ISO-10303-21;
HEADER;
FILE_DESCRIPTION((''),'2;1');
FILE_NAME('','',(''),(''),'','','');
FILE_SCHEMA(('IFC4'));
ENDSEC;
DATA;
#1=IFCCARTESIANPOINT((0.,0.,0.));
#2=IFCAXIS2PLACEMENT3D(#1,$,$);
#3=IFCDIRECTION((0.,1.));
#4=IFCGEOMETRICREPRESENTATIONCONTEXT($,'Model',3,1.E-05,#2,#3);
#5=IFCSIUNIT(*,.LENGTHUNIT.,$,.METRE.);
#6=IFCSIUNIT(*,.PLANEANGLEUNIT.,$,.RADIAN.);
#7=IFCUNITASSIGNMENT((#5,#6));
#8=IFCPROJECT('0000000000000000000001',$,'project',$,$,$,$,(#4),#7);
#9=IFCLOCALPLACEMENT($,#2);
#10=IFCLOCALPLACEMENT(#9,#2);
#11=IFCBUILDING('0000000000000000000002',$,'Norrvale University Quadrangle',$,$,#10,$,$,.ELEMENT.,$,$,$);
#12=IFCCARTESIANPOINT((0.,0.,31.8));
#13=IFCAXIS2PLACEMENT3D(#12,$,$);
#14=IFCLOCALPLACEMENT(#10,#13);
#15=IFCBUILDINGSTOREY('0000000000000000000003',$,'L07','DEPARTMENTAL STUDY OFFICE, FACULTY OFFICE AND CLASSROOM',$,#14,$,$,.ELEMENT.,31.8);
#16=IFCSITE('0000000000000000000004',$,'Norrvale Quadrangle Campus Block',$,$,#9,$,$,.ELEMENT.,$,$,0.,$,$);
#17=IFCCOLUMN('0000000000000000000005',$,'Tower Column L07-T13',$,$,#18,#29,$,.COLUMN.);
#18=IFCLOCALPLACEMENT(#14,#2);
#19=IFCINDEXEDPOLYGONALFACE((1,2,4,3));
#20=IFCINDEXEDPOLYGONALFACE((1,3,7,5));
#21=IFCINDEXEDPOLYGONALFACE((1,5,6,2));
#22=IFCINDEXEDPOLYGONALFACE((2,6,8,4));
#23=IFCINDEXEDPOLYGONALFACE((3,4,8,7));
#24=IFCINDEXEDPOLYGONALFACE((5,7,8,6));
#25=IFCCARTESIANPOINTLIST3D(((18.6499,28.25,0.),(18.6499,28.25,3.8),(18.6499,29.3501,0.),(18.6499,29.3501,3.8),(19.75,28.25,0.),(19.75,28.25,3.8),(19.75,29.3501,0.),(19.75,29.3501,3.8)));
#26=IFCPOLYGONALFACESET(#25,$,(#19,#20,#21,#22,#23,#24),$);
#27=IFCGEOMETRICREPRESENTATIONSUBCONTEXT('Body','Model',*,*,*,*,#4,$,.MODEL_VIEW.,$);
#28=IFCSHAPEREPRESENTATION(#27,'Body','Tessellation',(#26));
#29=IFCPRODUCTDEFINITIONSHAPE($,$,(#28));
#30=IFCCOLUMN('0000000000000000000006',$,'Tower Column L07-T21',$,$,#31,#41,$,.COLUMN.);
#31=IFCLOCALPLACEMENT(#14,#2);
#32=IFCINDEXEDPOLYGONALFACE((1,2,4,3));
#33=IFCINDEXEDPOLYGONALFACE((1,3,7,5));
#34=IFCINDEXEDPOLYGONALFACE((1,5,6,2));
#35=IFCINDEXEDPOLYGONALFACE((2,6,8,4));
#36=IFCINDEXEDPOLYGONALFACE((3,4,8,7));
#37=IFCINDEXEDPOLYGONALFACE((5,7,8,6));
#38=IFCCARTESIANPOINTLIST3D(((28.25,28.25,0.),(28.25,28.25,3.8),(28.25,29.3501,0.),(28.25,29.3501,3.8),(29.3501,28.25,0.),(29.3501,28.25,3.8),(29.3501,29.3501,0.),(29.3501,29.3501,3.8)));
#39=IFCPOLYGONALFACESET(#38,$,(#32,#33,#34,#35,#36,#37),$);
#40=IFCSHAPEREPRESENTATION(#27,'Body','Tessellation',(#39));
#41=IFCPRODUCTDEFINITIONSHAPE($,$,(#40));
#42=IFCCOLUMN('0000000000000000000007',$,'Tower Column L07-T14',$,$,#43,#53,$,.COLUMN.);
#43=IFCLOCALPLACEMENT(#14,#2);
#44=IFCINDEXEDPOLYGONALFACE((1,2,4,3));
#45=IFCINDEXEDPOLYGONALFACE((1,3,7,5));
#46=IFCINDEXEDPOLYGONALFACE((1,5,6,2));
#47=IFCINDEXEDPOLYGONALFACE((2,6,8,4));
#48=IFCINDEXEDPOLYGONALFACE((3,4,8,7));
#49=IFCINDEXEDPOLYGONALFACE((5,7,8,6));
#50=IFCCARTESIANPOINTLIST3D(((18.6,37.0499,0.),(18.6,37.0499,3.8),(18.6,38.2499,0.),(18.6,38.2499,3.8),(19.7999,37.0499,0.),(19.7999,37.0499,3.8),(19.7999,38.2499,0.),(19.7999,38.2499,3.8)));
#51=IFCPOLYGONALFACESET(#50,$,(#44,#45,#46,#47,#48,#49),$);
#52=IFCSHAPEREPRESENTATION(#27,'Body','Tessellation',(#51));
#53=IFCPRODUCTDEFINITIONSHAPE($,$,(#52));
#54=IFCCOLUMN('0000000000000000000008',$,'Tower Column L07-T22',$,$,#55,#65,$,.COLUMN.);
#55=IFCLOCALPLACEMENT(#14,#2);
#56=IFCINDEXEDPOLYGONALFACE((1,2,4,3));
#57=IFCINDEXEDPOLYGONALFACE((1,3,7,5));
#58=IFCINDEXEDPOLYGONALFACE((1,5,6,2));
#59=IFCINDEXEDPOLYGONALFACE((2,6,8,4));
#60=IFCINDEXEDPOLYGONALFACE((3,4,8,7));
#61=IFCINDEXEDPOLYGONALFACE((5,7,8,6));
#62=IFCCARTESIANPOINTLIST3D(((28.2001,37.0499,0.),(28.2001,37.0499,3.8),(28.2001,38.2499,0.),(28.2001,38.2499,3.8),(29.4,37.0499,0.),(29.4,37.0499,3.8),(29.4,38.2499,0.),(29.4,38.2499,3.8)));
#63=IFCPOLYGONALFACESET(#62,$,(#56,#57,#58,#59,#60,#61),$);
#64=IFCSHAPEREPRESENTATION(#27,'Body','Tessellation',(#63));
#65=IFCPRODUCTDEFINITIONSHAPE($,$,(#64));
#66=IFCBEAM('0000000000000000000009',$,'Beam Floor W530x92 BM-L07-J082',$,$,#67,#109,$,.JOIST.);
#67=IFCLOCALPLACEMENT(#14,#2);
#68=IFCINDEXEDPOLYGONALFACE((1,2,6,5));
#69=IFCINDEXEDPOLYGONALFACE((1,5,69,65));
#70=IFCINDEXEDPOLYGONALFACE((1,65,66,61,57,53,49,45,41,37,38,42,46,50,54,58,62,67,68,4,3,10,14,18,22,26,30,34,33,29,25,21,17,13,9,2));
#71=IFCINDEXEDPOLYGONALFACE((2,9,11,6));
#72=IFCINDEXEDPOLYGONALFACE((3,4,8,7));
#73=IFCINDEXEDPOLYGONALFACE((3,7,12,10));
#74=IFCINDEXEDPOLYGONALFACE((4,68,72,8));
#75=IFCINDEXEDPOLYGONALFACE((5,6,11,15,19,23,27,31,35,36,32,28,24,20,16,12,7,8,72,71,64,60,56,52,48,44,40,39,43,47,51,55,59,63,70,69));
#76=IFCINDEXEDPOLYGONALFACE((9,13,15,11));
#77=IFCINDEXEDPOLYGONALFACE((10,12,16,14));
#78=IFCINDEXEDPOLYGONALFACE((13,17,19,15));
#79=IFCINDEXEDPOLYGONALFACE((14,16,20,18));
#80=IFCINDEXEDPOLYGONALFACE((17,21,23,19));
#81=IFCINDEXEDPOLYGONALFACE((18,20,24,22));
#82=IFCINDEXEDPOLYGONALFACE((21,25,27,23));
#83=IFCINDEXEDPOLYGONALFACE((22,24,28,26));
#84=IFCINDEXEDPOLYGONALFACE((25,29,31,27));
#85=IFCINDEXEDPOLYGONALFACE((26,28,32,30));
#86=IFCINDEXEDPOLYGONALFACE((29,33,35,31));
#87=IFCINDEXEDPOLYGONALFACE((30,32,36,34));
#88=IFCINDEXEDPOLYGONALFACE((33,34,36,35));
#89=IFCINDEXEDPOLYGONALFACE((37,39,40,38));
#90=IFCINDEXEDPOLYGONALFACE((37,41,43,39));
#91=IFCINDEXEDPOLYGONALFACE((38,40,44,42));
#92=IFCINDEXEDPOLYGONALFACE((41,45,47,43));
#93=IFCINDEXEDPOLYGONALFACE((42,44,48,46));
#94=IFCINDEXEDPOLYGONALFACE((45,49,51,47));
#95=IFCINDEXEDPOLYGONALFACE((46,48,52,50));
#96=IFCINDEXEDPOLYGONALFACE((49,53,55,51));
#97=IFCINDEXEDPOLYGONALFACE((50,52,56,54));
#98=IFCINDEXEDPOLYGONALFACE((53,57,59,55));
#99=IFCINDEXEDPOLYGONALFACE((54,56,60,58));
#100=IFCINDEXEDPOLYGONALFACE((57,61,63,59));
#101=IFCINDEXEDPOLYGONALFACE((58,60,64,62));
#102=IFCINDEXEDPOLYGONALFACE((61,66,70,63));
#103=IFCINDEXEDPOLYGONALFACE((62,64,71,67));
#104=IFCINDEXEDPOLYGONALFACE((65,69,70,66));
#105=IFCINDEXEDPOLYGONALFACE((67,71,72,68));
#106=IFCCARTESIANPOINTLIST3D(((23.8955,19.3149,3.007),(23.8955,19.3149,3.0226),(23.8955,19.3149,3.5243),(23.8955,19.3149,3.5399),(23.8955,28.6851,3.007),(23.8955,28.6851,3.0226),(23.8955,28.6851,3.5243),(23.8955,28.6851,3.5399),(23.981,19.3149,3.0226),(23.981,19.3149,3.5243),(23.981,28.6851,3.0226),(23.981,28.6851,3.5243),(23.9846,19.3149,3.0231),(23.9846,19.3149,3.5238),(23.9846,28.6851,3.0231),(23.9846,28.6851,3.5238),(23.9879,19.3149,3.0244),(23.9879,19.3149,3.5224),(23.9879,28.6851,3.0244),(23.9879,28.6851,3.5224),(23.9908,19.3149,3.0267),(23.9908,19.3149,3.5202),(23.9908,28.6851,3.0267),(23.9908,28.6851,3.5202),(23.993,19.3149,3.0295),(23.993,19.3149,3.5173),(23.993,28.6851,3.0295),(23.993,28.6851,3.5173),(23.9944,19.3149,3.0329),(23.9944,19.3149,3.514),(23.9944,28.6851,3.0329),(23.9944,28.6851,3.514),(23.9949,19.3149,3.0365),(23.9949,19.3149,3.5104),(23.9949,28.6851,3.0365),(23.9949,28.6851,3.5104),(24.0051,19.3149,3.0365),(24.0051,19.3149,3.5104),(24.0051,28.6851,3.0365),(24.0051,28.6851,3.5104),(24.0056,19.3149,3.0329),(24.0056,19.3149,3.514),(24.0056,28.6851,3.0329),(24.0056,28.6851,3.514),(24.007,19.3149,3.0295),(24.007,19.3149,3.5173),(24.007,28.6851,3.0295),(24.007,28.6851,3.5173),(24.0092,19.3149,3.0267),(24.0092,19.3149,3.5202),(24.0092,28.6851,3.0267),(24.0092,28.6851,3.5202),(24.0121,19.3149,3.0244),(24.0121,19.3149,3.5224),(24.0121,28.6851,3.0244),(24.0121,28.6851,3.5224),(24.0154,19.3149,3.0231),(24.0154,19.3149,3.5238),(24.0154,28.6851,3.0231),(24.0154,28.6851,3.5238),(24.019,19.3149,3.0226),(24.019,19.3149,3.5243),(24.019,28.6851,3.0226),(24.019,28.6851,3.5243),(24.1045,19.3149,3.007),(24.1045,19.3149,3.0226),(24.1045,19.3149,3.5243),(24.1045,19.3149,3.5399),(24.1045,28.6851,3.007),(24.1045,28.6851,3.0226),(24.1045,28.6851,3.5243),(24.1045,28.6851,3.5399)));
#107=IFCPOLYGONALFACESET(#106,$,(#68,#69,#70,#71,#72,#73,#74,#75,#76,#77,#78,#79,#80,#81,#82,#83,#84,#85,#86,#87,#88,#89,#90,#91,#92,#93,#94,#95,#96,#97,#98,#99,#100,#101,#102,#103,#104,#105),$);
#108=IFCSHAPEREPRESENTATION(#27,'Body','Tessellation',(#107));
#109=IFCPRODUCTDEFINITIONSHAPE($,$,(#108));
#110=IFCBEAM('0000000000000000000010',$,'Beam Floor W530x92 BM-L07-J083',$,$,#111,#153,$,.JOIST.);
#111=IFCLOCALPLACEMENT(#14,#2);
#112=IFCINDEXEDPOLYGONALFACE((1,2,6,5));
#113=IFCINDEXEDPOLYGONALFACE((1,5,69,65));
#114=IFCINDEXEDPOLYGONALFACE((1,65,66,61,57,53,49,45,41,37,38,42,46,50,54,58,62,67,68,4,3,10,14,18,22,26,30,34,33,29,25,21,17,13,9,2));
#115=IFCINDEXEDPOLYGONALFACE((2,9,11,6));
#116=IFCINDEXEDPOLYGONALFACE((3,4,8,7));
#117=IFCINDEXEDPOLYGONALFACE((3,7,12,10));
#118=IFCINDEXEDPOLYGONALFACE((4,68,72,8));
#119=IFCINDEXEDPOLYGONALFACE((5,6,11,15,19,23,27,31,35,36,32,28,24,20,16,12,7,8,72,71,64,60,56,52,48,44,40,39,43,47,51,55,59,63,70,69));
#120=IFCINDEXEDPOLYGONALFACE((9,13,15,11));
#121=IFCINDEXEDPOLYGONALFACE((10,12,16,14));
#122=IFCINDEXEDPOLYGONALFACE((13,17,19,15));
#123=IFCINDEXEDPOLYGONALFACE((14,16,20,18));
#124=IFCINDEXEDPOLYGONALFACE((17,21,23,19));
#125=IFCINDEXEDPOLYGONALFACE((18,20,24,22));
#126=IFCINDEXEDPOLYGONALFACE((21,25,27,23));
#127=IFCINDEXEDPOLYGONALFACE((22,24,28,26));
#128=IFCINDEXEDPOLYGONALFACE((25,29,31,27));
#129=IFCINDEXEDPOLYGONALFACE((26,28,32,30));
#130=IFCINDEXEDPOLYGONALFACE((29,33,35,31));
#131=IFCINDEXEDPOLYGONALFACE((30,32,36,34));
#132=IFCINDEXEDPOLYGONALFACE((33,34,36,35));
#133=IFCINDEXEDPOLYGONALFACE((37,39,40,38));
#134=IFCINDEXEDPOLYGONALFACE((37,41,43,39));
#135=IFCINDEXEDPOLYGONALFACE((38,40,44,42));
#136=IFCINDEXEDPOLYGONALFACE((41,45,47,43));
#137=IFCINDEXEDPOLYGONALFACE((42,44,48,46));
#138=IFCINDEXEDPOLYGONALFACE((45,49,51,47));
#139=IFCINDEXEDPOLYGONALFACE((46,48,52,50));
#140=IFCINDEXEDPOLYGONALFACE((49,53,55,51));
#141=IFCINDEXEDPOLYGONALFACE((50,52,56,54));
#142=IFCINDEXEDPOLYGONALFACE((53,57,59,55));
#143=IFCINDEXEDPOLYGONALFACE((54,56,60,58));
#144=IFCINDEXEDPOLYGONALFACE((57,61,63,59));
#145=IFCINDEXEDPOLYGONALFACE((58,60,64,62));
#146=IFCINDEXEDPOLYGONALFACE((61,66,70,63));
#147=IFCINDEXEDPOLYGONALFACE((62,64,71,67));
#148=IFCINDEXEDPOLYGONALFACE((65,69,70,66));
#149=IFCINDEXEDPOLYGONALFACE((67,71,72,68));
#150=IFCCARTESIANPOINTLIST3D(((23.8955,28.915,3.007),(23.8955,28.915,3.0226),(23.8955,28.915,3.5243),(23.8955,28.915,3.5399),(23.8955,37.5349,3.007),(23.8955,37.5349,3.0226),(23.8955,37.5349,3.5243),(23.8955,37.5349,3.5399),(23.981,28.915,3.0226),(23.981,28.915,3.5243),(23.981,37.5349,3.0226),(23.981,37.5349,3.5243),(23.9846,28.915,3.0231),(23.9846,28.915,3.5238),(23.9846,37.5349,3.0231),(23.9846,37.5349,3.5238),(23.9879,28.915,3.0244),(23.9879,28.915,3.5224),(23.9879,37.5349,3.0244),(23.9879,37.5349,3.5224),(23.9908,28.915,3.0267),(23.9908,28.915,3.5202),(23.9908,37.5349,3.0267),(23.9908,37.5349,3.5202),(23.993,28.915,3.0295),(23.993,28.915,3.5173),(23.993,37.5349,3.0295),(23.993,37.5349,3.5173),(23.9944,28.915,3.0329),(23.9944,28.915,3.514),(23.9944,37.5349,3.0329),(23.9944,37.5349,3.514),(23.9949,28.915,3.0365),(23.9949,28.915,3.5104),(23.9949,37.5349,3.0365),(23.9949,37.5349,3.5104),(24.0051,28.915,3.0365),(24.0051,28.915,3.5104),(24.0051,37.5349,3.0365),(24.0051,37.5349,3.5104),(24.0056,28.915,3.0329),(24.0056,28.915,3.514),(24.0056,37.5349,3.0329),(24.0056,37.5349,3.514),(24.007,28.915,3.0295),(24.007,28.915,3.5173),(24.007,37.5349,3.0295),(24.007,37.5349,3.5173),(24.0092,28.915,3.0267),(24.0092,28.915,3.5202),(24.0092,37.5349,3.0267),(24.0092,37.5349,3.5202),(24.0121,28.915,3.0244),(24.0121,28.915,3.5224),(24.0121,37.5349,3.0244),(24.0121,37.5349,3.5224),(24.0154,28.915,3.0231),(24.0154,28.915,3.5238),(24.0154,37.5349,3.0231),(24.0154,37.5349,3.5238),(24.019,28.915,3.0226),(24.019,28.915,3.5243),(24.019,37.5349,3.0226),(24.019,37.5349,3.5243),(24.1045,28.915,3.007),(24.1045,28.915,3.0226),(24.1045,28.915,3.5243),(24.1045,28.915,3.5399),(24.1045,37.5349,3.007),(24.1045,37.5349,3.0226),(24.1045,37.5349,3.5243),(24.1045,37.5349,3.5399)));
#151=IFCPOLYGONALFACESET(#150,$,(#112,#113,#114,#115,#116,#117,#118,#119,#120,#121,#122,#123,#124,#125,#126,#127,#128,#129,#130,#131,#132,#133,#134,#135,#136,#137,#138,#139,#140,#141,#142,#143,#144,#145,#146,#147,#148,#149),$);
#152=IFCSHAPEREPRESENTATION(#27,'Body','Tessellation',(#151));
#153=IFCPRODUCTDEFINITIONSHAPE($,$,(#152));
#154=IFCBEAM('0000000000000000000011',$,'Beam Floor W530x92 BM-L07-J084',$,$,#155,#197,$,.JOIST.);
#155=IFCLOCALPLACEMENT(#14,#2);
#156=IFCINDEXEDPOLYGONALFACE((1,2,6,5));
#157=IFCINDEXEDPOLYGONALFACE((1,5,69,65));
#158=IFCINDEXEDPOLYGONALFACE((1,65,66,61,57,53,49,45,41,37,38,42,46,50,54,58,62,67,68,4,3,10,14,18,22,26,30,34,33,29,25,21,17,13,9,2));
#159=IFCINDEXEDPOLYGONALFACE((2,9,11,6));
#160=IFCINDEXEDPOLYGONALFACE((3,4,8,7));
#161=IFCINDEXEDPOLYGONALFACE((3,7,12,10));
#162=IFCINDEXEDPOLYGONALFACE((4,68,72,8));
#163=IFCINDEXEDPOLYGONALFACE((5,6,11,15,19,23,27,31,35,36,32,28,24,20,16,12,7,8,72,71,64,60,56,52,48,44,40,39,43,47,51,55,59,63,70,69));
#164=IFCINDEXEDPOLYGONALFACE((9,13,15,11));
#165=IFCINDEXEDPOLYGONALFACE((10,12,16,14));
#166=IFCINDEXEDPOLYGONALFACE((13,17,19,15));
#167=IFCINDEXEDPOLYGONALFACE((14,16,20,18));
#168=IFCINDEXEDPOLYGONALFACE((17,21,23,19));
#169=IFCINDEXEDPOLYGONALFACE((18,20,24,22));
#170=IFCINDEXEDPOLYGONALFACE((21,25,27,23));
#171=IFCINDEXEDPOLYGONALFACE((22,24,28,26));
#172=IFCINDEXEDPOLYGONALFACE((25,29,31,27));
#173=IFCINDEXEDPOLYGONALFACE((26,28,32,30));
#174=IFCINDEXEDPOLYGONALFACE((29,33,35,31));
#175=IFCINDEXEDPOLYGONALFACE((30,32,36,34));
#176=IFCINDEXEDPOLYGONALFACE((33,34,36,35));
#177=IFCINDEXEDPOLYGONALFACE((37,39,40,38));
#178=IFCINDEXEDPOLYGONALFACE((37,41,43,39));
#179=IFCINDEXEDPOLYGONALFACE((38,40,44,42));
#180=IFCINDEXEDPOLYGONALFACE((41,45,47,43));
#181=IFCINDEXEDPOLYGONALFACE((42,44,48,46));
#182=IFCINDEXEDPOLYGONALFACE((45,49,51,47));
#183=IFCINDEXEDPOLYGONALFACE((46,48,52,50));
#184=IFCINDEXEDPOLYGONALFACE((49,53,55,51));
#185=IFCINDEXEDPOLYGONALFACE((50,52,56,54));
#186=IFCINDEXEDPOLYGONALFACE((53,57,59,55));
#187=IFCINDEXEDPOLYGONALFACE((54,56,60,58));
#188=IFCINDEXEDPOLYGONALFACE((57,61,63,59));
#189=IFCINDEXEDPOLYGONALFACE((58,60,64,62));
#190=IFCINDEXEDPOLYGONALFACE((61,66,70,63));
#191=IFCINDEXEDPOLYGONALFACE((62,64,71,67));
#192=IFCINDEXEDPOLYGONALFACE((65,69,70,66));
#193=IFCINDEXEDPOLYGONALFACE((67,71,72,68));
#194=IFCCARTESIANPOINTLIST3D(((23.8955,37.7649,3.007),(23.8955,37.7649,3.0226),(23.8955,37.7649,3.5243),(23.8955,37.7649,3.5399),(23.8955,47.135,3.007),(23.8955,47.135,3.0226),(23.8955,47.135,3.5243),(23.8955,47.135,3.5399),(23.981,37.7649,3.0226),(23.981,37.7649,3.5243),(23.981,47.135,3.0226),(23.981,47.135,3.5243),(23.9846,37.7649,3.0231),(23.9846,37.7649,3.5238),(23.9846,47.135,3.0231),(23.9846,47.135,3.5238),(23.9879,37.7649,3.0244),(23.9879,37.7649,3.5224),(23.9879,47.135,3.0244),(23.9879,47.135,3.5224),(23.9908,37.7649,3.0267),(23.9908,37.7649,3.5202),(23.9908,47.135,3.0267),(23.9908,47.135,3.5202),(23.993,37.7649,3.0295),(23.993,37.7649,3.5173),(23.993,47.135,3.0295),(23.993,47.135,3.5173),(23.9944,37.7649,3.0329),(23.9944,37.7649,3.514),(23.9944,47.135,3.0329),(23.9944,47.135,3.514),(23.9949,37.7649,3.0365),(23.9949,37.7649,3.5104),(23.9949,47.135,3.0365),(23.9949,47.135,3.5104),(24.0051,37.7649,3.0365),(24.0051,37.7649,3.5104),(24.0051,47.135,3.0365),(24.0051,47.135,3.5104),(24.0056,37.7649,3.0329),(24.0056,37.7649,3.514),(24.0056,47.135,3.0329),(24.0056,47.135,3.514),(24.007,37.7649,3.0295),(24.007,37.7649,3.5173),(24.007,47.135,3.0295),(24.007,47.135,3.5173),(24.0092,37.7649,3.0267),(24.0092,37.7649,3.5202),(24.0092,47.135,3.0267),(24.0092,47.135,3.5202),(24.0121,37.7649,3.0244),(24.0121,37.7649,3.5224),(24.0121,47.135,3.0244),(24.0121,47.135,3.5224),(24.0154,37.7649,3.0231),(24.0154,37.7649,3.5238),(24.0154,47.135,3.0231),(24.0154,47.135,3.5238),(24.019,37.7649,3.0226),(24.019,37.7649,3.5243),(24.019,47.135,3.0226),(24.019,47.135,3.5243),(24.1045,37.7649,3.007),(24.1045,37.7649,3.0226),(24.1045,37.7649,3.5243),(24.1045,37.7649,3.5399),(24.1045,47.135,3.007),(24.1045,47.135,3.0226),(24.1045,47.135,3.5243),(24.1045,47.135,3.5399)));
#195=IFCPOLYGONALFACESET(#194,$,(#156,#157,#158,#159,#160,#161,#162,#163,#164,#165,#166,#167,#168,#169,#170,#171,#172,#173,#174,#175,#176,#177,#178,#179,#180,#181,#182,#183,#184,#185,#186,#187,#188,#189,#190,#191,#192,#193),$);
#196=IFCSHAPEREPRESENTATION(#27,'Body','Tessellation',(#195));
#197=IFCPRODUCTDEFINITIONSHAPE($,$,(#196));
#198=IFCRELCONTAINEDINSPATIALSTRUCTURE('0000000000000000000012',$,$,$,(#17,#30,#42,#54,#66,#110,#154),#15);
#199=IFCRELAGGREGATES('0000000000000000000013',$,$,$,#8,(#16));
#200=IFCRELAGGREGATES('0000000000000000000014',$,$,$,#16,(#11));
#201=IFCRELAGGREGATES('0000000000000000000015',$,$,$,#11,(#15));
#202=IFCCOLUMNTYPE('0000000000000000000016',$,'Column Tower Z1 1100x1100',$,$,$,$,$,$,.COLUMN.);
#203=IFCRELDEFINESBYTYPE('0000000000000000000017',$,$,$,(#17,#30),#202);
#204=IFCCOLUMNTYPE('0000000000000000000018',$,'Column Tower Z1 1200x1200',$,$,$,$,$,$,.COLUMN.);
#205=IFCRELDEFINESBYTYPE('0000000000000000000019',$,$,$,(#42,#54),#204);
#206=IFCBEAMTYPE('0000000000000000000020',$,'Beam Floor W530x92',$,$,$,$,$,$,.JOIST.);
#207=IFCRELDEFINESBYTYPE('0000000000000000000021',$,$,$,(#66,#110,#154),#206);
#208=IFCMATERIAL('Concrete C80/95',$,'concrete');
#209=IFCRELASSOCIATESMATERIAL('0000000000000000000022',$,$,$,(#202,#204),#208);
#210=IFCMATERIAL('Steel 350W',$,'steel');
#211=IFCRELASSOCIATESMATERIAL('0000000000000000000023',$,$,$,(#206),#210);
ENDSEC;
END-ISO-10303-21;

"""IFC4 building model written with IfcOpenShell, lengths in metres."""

from ifc_helpers import new_model, si_unit, direction, frame, origin, origin_2d, place, context, subcontext, project, spatial, rectangle, i_section, extrude, material, material_profile, profile_set, type_object, element, save


model = new_model("IFC4")

# Units and contexts
model_context = context("Model", 3, precision=1e-05, world=origin(), true_north=direction((0.0, 1.0)))
body_context = subcontext(model_context, "Body", "Model", "MODEL_VIEW")
ifc_project = project(units=[si_unit("LENGTHUNIT", "METRE"), si_unit("PLANEANGLEUNIT", "RADIAN")], contexts=[model_context])

# Site, building, storey
site_placement = place(None, origin())
site = spatial("IfcSite", under=ifc_project, at=site_placement, Name="Norrvale Quadrangle Campus Block", CompositionType="ELEMENT", RefElevation=0.0)
building_placement = place(site_placement, origin())
building = spatial("IfcBuilding", under=site, at=building_placement, Name="Norrvale University Quadrangle", CompositionType="ELEMENT")
storey_placement = place(building_placement, frame((0.0, 0.0, 31.8)))
storey = spatial("IfcBuildingStorey", under=building, at=storey_placement, Name="L07", Description="DEPARTMENTAL STUDY OFFICE, FACULTY OFFICE AND CLASSROOM", CompositionType="ELEMENT", Elevation=31.8)

# Columns
ifc_material_1 = material(Name="Concrete C80/95", Category="concrete")
ifc_material_profile_1 = material_profile(ifc_material_1, rectangle(XDim=1.1001, YDim=1.1001, at=origin_2d()), Name="Concrete C80/95")
ifc_profile_set_1 = profile_set([ifc_material_profile_1], Name="Concrete C80/95")
column_type_1 = type_object("IfcColumnType", Name="Column Tower Z1 1100x1100", PredefinedType="COLUMN", material=ifc_profile_set_1)
for number, where, z_axis, x_axis, name in (
    (1, (19.2, 28.8, 0.0), (0.0, 0.0, 1.0), (1.0, 0.0, 0.0), "Tower Column L07-T13"),
    (2, (28.8, 28.8, 0.0), (0.0, 0.0, 1.0), (1.0, 0.0, 0.0), "Tower Column L07-T21"),
):
    element("IfcColumn", number, at=place(storey_placement, frame(where, z_axis=z_axis, x_axis=x_axis)), inside=storey, type_object=column_type_1, Name=name, PredefinedType="COLUMN", context=body_context, shape_type="SweptSolid", body=[
        extrude(rectangle(XDim=1.1001, YDim=1.1001, at=origin_2d()), origin(), (0.0, 0.0, 1.0), 3.8),
    ])
ifc_material_profile_2 = material_profile(ifc_material_1, rectangle(XDim=1.2, YDim=1.2, at=origin_2d()), Name="Concrete C80/95")
ifc_profile_set_2 = profile_set([ifc_material_profile_2], Name="Concrete C80/95")
column_type_2 = type_object("IfcColumnType", Name="Column Tower Z1 1200x1200", PredefinedType="COLUMN", material=ifc_profile_set_2)
for number, where, z_axis, x_axis, name in (
    (3, (19.2, 37.6499, 0.0), (0.0, 0.0, 1.0), (1.0, 0.0, 0.0), "Tower Column L07-T14"),
    (4, (28.8, 37.6499, 0.0), (0.0, 0.0, 1.0), (1.0, 0.0, 0.0), "Tower Column L07-T22"),
):
    element("IfcColumn", number, at=place(storey_placement, frame(where, z_axis=z_axis, x_axis=x_axis)), inside=storey, type_object=column_type_2, Name=name, PredefinedType="COLUMN", context=body_context, shape_type="SweptSolid", body=[
        extrude(rectangle(XDim=1.2, YDim=1.2, at=origin_2d()), origin(), (0.0, 0.0, 1.0), 3.8),
    ])

# Beams
ifc_material_2 = material(Name="Steel 350W", Category="steel")
ifc_material_profile_3 = material_profile(ifc_material_2, i_section(OverallWidth=0.209, OverallDepth=0.533, WebThickness=0.0103, FlangeThickness=0.0156, FilletRadius=0.0139, at=origin_2d()), Name="Steel 350W")
ifc_profile_set_3 = profile_set([ifc_material_profile_3], Name="Steel 350W")
beam_type_1 = type_object("IfcBeamType", Name="Beam Floor W530x92", PredefinedType="JOIST", material=ifc_profile_set_3)
beam_1_placement = place(storey_placement, frame((24.0, 19.3149, 3.2734), z_axis=(0.0, 1.0, 0.0), x_axis=(-1.0, 0.0, 0.0)))
element("IfcBeam", 5, at=beam_1_placement, inside=storey, type_object=beam_type_1, Name="Beam Floor W530x92 BM-L07-J082", PredefinedType="JOIST", context=body_context, shape_type="SweptSolid", body=[
    extrude(i_section(OverallWidth=0.209, OverallDepth=0.533, WebThickness=0.0103, FlangeThickness=0.0156, FilletRadius=0.0139, at=origin_2d()), origin(), (0.0, 0.0, 1.0), 9.3701),
])
beam_2_placement = place(storey_placement, frame((24.0, 28.915, 3.2734), z_axis=(0.0, 1.0, 0.0), x_axis=(-1.0, 0.0, 0.0)))
element("IfcBeam", 6, at=beam_2_placement, inside=storey, type_object=beam_type_1, Name="Beam Floor W530x92 BM-L07-J083", PredefinedType="JOIST", context=body_context, shape_type="SweptSolid", body=[
    extrude(i_section(OverallWidth=0.209, OverallDepth=0.533, WebThickness=0.0103, FlangeThickness=0.0156, FilletRadius=0.0139, at=origin_2d()), origin(), (0.0, 0.0, 1.0), 8.6199),
])
for number, where, z_axis, x_axis, name in (
    (7, (24.0, 37.7649, 3.2734), (0.0, 1.0, 0.0), (-1.0, 0.0, 0.0), "Beam Floor W530x92 BM-L07-J084"),
):
    element("IfcBeam", number, at=place(storey_placement, frame(where, z_axis=z_axis, x_axis=x_axis)), inside=storey, type_object=beam_type_1, Name=name, PredefinedType="JOIST", context=body_context, shape_type="SweptSolid", body=[
        extrude(i_section(OverallWidth=0.209, OverallDepth=0.533, WebThickness=0.0103, FlangeThickness=0.0156, FilletRadius=0.0139, at=origin_2d()), origin(), (0.0, 0.0, 1.0), 9.3701),
    ])

save(model, "model.ifc")
